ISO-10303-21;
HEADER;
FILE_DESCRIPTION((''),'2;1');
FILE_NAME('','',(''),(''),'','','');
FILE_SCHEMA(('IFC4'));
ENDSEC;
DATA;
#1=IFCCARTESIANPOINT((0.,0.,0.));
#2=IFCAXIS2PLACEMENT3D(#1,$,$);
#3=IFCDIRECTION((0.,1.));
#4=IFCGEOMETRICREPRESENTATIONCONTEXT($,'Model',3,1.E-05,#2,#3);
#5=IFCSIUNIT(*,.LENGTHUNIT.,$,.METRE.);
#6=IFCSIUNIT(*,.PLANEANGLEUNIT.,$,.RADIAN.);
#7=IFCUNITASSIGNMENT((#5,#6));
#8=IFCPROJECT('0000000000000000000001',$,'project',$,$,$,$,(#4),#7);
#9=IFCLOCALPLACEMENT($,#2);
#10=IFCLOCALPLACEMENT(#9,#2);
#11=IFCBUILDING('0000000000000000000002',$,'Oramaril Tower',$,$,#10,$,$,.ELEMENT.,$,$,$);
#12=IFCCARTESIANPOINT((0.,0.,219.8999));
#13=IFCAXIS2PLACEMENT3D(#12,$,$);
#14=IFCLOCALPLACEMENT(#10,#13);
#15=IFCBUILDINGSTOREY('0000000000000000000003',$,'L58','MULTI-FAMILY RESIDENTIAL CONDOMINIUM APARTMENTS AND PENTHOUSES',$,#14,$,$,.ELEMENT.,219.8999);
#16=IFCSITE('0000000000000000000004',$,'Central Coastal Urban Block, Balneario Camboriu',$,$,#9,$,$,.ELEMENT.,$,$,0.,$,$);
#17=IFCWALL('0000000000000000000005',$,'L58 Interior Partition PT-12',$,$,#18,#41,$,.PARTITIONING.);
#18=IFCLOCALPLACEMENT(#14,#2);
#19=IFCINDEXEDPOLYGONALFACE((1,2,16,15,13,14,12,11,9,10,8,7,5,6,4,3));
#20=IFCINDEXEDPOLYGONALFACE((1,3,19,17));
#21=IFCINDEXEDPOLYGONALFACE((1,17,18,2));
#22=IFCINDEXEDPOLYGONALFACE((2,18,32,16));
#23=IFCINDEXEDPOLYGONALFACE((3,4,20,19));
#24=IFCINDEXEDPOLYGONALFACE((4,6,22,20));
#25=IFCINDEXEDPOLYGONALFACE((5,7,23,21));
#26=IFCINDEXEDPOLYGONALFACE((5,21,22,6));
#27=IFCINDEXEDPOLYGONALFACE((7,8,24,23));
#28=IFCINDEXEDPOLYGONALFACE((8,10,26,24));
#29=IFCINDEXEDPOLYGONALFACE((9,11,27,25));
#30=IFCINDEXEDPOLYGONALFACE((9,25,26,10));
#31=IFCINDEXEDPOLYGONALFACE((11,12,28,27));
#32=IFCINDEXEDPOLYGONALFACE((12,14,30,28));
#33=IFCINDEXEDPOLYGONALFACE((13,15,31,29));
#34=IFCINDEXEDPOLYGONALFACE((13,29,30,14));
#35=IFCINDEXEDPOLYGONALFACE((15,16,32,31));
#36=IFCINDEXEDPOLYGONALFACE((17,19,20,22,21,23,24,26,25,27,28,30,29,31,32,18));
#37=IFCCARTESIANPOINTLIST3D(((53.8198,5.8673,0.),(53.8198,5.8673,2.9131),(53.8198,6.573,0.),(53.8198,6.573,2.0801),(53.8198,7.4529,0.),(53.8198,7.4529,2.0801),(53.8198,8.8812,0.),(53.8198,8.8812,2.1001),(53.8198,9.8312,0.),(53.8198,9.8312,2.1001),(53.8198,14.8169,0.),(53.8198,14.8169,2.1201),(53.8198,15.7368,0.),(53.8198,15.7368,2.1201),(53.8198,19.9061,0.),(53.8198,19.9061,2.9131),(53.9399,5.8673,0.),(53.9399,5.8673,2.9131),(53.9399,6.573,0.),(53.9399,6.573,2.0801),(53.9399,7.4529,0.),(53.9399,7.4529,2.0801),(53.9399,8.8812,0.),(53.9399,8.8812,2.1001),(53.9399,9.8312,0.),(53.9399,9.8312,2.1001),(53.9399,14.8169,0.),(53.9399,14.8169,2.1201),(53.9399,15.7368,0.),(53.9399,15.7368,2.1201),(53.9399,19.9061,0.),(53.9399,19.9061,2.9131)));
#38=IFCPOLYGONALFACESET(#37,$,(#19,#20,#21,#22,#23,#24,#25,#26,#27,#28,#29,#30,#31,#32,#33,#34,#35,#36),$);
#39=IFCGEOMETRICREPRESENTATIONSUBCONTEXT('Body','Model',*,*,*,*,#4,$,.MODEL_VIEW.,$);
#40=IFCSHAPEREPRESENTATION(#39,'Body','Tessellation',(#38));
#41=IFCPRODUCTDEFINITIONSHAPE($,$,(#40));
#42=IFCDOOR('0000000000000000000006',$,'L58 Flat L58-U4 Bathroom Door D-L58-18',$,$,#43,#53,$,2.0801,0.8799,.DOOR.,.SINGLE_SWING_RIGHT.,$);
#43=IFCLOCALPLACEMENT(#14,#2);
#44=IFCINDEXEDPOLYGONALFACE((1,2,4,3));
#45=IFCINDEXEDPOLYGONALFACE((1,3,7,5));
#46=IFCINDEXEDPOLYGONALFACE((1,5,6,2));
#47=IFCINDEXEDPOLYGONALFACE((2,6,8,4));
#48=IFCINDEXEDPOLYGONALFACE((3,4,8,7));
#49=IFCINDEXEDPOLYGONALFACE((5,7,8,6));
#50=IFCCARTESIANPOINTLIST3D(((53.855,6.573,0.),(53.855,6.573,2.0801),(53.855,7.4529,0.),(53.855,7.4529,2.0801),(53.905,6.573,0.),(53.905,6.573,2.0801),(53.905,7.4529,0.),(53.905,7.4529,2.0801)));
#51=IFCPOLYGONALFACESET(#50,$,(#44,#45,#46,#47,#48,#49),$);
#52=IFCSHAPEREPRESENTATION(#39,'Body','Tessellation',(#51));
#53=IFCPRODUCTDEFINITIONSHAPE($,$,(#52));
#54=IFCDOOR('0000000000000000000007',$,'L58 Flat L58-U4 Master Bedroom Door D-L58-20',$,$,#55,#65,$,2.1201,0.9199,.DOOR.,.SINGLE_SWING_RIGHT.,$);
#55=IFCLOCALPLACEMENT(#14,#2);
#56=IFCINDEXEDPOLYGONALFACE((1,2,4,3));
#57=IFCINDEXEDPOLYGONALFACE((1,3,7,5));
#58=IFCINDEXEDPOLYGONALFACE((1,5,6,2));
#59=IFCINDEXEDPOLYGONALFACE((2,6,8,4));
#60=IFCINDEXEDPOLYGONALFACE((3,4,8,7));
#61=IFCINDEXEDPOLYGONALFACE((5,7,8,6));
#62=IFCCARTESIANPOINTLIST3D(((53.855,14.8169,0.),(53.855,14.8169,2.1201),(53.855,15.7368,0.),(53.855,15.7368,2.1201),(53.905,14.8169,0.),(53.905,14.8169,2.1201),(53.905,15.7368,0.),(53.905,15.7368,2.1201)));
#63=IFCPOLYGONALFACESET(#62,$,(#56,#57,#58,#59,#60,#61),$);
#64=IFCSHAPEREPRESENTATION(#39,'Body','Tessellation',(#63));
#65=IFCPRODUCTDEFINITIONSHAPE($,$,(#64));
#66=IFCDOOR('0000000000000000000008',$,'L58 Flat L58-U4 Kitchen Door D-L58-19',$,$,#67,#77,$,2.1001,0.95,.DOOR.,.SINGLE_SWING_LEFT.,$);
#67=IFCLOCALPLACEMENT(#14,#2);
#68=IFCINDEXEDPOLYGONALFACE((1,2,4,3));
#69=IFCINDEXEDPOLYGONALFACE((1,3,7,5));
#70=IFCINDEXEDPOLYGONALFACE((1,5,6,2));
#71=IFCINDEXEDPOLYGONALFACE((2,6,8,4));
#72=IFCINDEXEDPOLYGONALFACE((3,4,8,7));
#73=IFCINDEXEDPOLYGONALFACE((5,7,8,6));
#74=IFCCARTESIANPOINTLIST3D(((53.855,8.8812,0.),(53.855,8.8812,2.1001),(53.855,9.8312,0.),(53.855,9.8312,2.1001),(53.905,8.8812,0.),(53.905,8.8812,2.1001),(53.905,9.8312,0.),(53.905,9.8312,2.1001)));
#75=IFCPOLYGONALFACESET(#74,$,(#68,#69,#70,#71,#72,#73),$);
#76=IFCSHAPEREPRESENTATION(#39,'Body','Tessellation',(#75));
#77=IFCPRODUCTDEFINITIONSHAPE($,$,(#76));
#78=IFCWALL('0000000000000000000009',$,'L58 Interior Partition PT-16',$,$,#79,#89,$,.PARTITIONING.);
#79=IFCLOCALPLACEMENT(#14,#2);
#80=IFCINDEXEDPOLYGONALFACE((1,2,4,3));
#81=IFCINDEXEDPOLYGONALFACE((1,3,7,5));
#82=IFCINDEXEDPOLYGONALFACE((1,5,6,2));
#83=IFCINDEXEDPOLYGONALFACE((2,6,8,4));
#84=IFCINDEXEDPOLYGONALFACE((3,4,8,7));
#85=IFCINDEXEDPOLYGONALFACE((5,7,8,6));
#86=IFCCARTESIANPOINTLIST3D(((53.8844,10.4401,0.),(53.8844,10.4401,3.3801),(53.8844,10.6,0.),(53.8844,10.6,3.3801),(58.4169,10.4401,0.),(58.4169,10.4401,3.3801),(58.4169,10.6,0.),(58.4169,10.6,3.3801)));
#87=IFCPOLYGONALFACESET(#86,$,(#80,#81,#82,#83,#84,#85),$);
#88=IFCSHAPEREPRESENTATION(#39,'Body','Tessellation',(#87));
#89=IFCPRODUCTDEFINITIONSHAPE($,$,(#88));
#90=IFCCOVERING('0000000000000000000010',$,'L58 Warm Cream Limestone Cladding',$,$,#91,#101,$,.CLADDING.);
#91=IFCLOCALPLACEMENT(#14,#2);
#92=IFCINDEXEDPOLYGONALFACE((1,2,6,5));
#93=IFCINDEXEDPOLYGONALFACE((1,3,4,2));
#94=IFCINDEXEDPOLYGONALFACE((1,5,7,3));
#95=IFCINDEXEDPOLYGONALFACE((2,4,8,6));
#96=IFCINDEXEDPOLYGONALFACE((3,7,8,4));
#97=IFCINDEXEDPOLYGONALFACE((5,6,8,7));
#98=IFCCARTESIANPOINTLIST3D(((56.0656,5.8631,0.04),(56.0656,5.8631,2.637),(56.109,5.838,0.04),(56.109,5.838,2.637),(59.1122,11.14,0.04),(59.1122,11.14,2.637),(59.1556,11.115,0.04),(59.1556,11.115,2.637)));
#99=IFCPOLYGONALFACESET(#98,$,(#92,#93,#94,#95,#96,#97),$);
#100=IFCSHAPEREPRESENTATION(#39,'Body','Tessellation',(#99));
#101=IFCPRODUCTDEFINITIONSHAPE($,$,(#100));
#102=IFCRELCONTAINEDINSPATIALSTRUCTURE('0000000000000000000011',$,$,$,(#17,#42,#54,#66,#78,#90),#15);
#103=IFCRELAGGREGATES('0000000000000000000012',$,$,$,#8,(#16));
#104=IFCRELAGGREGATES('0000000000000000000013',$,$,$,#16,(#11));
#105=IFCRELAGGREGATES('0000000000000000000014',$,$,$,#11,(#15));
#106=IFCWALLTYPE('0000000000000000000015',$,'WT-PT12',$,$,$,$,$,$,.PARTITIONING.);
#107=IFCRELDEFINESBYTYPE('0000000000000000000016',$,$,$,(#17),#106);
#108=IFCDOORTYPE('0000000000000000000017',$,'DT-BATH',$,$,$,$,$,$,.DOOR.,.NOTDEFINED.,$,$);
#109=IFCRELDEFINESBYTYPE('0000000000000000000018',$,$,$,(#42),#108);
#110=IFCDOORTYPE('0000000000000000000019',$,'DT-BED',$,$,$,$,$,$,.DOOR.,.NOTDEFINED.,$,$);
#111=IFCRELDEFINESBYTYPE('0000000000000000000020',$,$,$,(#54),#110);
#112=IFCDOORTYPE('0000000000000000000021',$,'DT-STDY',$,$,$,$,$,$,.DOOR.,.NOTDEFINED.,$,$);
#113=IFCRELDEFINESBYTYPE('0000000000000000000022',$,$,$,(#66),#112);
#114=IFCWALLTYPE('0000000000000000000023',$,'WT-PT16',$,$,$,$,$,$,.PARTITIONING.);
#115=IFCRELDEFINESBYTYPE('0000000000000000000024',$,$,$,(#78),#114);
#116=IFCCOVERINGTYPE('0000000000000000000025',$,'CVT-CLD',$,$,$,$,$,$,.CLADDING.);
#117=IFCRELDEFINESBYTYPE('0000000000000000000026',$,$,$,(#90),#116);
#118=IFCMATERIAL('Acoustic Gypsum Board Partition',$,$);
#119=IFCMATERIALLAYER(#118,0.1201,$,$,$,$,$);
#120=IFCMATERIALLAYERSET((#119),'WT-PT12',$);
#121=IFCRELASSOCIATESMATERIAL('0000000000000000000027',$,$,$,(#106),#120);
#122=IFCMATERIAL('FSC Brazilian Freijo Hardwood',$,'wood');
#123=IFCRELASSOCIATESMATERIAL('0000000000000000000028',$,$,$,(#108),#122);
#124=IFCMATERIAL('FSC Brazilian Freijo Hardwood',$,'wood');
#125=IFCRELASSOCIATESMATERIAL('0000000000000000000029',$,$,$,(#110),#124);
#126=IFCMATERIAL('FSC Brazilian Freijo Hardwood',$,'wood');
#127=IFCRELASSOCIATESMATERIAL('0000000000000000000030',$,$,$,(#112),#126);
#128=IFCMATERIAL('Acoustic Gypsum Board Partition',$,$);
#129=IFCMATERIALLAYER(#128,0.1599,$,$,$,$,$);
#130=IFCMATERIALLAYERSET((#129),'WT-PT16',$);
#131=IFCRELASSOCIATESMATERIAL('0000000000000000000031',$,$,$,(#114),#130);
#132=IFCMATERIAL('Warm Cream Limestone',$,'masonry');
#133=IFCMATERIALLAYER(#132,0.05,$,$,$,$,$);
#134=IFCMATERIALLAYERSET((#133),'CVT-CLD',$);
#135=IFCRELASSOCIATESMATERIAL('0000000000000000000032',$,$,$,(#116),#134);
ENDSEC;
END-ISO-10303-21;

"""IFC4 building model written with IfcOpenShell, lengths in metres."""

from ifc_helpers import new_model, si_unit, direction, frame, frame_2d, origin, origin_2d, place, context, subcontext, project, spatial, rectangle, extrude, material, layer, layer_set, type_object, element, fill, save


model = new_model("IFC4")

# Units and contexts
model_context = context("Model", 3, precision=1e-05, world=origin(), true_north=direction((0.0, 1.0)))
body_context = subcontext(model_context, "Body", "Model", "MODEL_VIEW")
ifc_project = project(units=[si_unit("LENGTHUNIT", "METRE"), si_unit("PLANEANGLEUNIT", "RADIAN")], contexts=[model_context])

# Site, building, storey
site_placement = place(None, origin())
site = spatial("IfcSite", under=ifc_project, at=site_placement, Name="Central Coastal Urban Block, Balneario Camboriu", CompositionType="ELEMENT", RefElevation=0.0)
building_placement = place(site_placement, origin())
building = spatial("IfcBuilding", under=site, at=building_placement, Name="Oramaril Tower", CompositionType="ELEMENT")
storey_placement = place(building_placement, frame((0.0, 0.0, 219.8999)))
storey = spatial("IfcBuildingStorey", under=building, at=storey_placement, Name="L58", Description="MULTI-FAMILY RESIDENTIAL CONDOMINIUM APARTMENTS AND PENTHOUSES", CompositionType="ELEMENT", Elevation=219.8999)

# Shared definitions
ifc_material_1 = material(Name="Acoustic Gypsum Board Partition")
ifc_layer_1 = layer(ifc_material_1, 0.1201)
ifc_layer_set_1 = layer_set([ifc_layer_1], Name="WT-PT12")
wall_type_1 = type_object("IfcWallType", Name="WT-PT12", PredefinedType="PARTITIONING", material=ifc_layer_set_1)

# Wall, openings, doors
wall_1_placement = place(storey_placement, frame((53.8799, 5.8672, 0.0), z_axis=(0.0, 0.0, 1.0), x_axis=(0.0, 1.0, 0.0)))
wall_1 = element("IfcWall", 1, at=wall_1_placement, inside=storey, type_object=wall_type_1, Name="L58 Interior Partition PT-12", PredefinedType="PARTITIONING", context=body_context, shape_type="SweptSolid", body=[
    extrude(rectangle(XDim=14.0388, YDim=0.1201, at=frame_2d((7.0195, 0.0))), origin(), (0.0, 0.0, 1.0), 2.9131),
])
opening_1_placement = place(wall_1_placement, frame((0.7058, 0.0, 0.0)))
opening_1 = element("IfcOpeningElement", 2, at=opening_1_placement, cuts=wall_1, PredefinedType="OPENING", context=body_context, shape_type="SweptSolid", body=[
    extrude(rectangle(XDim=0.8799, YDim=2.0801, at=frame_2d((0.4399, 1.04))), frame((0.0, 0.0601, 0.0), z_axis=(0.0, -1.0, 0.0), x_axis=(1.0, 0.0, 0.0)), (0.0, 0.0, 1.0), 0.1201),
])
opening_2_placement = place(wall_1_placement, frame((3.0139, 0.0, 0.0)))
opening_2 = element("IfcOpeningElement", 3, at=opening_2_placement, cuts=wall_1, PredefinedType="OPENING", context=body_context, shape_type="SweptSolid", body=[
    extrude(rectangle(XDim=0.95, YDim=2.1001, at=frame_2d((0.4751, 1.05))), frame((0.0, 0.0601, 0.0), z_axis=(0.0, -1.0, 0.0), x_axis=(1.0, 0.0, 0.0)), (0.0, 0.0, 1.0), 0.1201),
])
opening_3_placement = place(wall_1_placement, frame((8.9497, 0.0, 0.0)))
opening_3 = element("IfcOpeningElement", 4, at=opening_3_placement, cuts=wall_1, PredefinedType="OPENING", context=body_context, shape_type="SweptSolid", body=[
    extrude(rectangle(XDim=0.9199, YDim=2.1201, at=frame_2d((0.46, 1.0601))), frame((0.0, 0.0601, 0.0), z_axis=(0.0, -1.0, 0.0), x_axis=(1.0, 0.0, 0.0)), (0.0, 0.0, 1.0), 0.1201),
])
ifc_material_2 = material(Name="FSC Brazilian Freijo Hardwood", Category="wood")
door_type_1 = type_object("IfcDoorType", Name="DT-BATH", OperationType="NOTDEFINED", PredefinedType="DOOR", material=ifc_material_2)
door_1_placement = place(opening_1_placement, origin())
door_1 = element("IfcDoor", 5, at=door_1_placement, inside=storey, type_object=door_type_1, Name="L58 Flat L58-U4 Bathroom Door D-L58-18", OperationType="SINGLE_SWING_RIGHT", OverallHeight=2.0801, OverallWidth=0.8799, PredefinedType="DOOR", context=body_context, shape_type="SweptSolid", body=[
    extrude(rectangle(XDim=0.8799, YDim=2.0801, at=frame_2d((0.4399, 1.04))), frame((0.0, 0.0249, 0.0), z_axis=(0.0, -1.0, 0.0), x_axis=(1.0, 0.0, 0.0)), (0.0, 0.0, 1.0), 0.05),
])
fill(opening_1, door_1)
ifc_material_3 = material(Name="FSC Brazilian Freijo Hardwood", Category="wood")
door_type_2 = type_object("IfcDoorType", Name="DT-BED", OperationType="NOTDEFINED", PredefinedType="DOOR", material=ifc_material_3)
door_2_placement = place(opening_3_placement, origin())
door_2 = element("IfcDoor", 6, at=door_2_placement, inside=storey, type_object=door_type_2, Name="L58 Flat L58-U4 Master Bedroom Door D-L58-20", OperationType="SINGLE_SWING_RIGHT", OverallHeight=2.1201, OverallWidth=0.9199, PredefinedType="DOOR", context=body_context, shape_type="SweptSolid", body=[
    extrude(rectangle(XDim=0.9199, YDim=2.1201, at=frame_2d((0.46, 1.0601))), frame((0.0, 0.0249, 0.0), z_axis=(0.0, -1.0, 0.0), x_axis=(1.0, 0.0, 0.0)), (0.0, 0.0, 1.0), 0.05),
])
fill(opening_3, door_2)
ifc_material_4 = material(Name="FSC Brazilian Freijo Hardwood", Category="wood")
door_type_3 = type_object("IfcDoorType", Name="DT-STDY", OperationType="NOTDEFINED", PredefinedType="DOOR", material=ifc_material_4)
door_3_placement = place(opening_2_placement, origin())
door_3 = element("IfcDoor", 7, at=door_3_placement, inside=storey, type_object=door_type_3, Name="L58 Flat L58-U4 Kitchen Door D-L58-19", OperationType="SINGLE_SWING_LEFT", OverallHeight=2.1001, OverallWidth=0.95, PredefinedType="DOOR", context=body_context, shape_type="SweptSolid", body=[
    extrude(rectangle(XDim=0.95, YDim=2.1001, at=frame_2d((0.4751, 1.05))), frame((0.0, 0.0249, 0.0), z_axis=(0.0, -1.0, 0.0), x_axis=(1.0, 0.0, 0.0)), (0.0, 0.0, 1.0), 0.05),
])
fill(opening_2, door_3)

# Wall
ifc_material_5 = material(Name="Acoustic Gypsum Board Partition")
ifc_layer_2 = layer(ifc_material_5, 0.1599)
ifc_layer_set_2 = layer_set([ifc_layer_2], Name="WT-PT16")
wall_type_2 = type_object("IfcWallType", Name="WT-PT16", PredefinedType="PARTITIONING", material=ifc_layer_set_2)
wall_2_placement = place(storey_placement, frame((53.8845, 10.52, 0.0), z_axis=(0.0, 0.0, 1.0), x_axis=(1.0, 0.0, 0.0)))
element("IfcWall", 8, at=wall_2_placement, inside=storey, type_object=wall_type_2, Name="L58 Interior Partition PT-16", PredefinedType="PARTITIONING", context=body_context, shape_type="SweptSolid", body=[
    extrude(rectangle(XDim=4.5325, YDim=0.1599, at=frame_2d((2.2661, 0.0))), origin(), (0.0, 0.0, 1.0), 3.3801),
])

# Covering
ifc_material_6 = material(Name="Warm Cream Limestone", Category="masonry")
ifc_layer_3 = layer(ifc_material_6, 0.05)
ifc_layer_set_3 = layer_set([ifc_layer_3], Name="CVT-CLD")
covering_type = type_object("IfcCoveringType", Name="CVT-CLD", PredefinedType="CLADDING", material=ifc_layer_set_3)
covering_placement = place(storey_placement, frame((57.6106, 8.489, 0.04), z_axis=(0.0, 0.0, 1.0), x_axis=(0.499992, 0.86603, 0.0)))
element("IfcCovering", 9, at=covering_placement, inside=storey, type_object=covering_type, Name="L58 Warm Cream Limestone Cladding", PredefinedType="CLADDING", context=body_context, shape_type="SweptSolid", body=[
    extrude(rectangle(XDim=6.0933, YDim=0.05, at=origin_2d()), origin(), (0.0, 0.0, 1.0), 2.5969),
])

save(model, "model.ifc")
